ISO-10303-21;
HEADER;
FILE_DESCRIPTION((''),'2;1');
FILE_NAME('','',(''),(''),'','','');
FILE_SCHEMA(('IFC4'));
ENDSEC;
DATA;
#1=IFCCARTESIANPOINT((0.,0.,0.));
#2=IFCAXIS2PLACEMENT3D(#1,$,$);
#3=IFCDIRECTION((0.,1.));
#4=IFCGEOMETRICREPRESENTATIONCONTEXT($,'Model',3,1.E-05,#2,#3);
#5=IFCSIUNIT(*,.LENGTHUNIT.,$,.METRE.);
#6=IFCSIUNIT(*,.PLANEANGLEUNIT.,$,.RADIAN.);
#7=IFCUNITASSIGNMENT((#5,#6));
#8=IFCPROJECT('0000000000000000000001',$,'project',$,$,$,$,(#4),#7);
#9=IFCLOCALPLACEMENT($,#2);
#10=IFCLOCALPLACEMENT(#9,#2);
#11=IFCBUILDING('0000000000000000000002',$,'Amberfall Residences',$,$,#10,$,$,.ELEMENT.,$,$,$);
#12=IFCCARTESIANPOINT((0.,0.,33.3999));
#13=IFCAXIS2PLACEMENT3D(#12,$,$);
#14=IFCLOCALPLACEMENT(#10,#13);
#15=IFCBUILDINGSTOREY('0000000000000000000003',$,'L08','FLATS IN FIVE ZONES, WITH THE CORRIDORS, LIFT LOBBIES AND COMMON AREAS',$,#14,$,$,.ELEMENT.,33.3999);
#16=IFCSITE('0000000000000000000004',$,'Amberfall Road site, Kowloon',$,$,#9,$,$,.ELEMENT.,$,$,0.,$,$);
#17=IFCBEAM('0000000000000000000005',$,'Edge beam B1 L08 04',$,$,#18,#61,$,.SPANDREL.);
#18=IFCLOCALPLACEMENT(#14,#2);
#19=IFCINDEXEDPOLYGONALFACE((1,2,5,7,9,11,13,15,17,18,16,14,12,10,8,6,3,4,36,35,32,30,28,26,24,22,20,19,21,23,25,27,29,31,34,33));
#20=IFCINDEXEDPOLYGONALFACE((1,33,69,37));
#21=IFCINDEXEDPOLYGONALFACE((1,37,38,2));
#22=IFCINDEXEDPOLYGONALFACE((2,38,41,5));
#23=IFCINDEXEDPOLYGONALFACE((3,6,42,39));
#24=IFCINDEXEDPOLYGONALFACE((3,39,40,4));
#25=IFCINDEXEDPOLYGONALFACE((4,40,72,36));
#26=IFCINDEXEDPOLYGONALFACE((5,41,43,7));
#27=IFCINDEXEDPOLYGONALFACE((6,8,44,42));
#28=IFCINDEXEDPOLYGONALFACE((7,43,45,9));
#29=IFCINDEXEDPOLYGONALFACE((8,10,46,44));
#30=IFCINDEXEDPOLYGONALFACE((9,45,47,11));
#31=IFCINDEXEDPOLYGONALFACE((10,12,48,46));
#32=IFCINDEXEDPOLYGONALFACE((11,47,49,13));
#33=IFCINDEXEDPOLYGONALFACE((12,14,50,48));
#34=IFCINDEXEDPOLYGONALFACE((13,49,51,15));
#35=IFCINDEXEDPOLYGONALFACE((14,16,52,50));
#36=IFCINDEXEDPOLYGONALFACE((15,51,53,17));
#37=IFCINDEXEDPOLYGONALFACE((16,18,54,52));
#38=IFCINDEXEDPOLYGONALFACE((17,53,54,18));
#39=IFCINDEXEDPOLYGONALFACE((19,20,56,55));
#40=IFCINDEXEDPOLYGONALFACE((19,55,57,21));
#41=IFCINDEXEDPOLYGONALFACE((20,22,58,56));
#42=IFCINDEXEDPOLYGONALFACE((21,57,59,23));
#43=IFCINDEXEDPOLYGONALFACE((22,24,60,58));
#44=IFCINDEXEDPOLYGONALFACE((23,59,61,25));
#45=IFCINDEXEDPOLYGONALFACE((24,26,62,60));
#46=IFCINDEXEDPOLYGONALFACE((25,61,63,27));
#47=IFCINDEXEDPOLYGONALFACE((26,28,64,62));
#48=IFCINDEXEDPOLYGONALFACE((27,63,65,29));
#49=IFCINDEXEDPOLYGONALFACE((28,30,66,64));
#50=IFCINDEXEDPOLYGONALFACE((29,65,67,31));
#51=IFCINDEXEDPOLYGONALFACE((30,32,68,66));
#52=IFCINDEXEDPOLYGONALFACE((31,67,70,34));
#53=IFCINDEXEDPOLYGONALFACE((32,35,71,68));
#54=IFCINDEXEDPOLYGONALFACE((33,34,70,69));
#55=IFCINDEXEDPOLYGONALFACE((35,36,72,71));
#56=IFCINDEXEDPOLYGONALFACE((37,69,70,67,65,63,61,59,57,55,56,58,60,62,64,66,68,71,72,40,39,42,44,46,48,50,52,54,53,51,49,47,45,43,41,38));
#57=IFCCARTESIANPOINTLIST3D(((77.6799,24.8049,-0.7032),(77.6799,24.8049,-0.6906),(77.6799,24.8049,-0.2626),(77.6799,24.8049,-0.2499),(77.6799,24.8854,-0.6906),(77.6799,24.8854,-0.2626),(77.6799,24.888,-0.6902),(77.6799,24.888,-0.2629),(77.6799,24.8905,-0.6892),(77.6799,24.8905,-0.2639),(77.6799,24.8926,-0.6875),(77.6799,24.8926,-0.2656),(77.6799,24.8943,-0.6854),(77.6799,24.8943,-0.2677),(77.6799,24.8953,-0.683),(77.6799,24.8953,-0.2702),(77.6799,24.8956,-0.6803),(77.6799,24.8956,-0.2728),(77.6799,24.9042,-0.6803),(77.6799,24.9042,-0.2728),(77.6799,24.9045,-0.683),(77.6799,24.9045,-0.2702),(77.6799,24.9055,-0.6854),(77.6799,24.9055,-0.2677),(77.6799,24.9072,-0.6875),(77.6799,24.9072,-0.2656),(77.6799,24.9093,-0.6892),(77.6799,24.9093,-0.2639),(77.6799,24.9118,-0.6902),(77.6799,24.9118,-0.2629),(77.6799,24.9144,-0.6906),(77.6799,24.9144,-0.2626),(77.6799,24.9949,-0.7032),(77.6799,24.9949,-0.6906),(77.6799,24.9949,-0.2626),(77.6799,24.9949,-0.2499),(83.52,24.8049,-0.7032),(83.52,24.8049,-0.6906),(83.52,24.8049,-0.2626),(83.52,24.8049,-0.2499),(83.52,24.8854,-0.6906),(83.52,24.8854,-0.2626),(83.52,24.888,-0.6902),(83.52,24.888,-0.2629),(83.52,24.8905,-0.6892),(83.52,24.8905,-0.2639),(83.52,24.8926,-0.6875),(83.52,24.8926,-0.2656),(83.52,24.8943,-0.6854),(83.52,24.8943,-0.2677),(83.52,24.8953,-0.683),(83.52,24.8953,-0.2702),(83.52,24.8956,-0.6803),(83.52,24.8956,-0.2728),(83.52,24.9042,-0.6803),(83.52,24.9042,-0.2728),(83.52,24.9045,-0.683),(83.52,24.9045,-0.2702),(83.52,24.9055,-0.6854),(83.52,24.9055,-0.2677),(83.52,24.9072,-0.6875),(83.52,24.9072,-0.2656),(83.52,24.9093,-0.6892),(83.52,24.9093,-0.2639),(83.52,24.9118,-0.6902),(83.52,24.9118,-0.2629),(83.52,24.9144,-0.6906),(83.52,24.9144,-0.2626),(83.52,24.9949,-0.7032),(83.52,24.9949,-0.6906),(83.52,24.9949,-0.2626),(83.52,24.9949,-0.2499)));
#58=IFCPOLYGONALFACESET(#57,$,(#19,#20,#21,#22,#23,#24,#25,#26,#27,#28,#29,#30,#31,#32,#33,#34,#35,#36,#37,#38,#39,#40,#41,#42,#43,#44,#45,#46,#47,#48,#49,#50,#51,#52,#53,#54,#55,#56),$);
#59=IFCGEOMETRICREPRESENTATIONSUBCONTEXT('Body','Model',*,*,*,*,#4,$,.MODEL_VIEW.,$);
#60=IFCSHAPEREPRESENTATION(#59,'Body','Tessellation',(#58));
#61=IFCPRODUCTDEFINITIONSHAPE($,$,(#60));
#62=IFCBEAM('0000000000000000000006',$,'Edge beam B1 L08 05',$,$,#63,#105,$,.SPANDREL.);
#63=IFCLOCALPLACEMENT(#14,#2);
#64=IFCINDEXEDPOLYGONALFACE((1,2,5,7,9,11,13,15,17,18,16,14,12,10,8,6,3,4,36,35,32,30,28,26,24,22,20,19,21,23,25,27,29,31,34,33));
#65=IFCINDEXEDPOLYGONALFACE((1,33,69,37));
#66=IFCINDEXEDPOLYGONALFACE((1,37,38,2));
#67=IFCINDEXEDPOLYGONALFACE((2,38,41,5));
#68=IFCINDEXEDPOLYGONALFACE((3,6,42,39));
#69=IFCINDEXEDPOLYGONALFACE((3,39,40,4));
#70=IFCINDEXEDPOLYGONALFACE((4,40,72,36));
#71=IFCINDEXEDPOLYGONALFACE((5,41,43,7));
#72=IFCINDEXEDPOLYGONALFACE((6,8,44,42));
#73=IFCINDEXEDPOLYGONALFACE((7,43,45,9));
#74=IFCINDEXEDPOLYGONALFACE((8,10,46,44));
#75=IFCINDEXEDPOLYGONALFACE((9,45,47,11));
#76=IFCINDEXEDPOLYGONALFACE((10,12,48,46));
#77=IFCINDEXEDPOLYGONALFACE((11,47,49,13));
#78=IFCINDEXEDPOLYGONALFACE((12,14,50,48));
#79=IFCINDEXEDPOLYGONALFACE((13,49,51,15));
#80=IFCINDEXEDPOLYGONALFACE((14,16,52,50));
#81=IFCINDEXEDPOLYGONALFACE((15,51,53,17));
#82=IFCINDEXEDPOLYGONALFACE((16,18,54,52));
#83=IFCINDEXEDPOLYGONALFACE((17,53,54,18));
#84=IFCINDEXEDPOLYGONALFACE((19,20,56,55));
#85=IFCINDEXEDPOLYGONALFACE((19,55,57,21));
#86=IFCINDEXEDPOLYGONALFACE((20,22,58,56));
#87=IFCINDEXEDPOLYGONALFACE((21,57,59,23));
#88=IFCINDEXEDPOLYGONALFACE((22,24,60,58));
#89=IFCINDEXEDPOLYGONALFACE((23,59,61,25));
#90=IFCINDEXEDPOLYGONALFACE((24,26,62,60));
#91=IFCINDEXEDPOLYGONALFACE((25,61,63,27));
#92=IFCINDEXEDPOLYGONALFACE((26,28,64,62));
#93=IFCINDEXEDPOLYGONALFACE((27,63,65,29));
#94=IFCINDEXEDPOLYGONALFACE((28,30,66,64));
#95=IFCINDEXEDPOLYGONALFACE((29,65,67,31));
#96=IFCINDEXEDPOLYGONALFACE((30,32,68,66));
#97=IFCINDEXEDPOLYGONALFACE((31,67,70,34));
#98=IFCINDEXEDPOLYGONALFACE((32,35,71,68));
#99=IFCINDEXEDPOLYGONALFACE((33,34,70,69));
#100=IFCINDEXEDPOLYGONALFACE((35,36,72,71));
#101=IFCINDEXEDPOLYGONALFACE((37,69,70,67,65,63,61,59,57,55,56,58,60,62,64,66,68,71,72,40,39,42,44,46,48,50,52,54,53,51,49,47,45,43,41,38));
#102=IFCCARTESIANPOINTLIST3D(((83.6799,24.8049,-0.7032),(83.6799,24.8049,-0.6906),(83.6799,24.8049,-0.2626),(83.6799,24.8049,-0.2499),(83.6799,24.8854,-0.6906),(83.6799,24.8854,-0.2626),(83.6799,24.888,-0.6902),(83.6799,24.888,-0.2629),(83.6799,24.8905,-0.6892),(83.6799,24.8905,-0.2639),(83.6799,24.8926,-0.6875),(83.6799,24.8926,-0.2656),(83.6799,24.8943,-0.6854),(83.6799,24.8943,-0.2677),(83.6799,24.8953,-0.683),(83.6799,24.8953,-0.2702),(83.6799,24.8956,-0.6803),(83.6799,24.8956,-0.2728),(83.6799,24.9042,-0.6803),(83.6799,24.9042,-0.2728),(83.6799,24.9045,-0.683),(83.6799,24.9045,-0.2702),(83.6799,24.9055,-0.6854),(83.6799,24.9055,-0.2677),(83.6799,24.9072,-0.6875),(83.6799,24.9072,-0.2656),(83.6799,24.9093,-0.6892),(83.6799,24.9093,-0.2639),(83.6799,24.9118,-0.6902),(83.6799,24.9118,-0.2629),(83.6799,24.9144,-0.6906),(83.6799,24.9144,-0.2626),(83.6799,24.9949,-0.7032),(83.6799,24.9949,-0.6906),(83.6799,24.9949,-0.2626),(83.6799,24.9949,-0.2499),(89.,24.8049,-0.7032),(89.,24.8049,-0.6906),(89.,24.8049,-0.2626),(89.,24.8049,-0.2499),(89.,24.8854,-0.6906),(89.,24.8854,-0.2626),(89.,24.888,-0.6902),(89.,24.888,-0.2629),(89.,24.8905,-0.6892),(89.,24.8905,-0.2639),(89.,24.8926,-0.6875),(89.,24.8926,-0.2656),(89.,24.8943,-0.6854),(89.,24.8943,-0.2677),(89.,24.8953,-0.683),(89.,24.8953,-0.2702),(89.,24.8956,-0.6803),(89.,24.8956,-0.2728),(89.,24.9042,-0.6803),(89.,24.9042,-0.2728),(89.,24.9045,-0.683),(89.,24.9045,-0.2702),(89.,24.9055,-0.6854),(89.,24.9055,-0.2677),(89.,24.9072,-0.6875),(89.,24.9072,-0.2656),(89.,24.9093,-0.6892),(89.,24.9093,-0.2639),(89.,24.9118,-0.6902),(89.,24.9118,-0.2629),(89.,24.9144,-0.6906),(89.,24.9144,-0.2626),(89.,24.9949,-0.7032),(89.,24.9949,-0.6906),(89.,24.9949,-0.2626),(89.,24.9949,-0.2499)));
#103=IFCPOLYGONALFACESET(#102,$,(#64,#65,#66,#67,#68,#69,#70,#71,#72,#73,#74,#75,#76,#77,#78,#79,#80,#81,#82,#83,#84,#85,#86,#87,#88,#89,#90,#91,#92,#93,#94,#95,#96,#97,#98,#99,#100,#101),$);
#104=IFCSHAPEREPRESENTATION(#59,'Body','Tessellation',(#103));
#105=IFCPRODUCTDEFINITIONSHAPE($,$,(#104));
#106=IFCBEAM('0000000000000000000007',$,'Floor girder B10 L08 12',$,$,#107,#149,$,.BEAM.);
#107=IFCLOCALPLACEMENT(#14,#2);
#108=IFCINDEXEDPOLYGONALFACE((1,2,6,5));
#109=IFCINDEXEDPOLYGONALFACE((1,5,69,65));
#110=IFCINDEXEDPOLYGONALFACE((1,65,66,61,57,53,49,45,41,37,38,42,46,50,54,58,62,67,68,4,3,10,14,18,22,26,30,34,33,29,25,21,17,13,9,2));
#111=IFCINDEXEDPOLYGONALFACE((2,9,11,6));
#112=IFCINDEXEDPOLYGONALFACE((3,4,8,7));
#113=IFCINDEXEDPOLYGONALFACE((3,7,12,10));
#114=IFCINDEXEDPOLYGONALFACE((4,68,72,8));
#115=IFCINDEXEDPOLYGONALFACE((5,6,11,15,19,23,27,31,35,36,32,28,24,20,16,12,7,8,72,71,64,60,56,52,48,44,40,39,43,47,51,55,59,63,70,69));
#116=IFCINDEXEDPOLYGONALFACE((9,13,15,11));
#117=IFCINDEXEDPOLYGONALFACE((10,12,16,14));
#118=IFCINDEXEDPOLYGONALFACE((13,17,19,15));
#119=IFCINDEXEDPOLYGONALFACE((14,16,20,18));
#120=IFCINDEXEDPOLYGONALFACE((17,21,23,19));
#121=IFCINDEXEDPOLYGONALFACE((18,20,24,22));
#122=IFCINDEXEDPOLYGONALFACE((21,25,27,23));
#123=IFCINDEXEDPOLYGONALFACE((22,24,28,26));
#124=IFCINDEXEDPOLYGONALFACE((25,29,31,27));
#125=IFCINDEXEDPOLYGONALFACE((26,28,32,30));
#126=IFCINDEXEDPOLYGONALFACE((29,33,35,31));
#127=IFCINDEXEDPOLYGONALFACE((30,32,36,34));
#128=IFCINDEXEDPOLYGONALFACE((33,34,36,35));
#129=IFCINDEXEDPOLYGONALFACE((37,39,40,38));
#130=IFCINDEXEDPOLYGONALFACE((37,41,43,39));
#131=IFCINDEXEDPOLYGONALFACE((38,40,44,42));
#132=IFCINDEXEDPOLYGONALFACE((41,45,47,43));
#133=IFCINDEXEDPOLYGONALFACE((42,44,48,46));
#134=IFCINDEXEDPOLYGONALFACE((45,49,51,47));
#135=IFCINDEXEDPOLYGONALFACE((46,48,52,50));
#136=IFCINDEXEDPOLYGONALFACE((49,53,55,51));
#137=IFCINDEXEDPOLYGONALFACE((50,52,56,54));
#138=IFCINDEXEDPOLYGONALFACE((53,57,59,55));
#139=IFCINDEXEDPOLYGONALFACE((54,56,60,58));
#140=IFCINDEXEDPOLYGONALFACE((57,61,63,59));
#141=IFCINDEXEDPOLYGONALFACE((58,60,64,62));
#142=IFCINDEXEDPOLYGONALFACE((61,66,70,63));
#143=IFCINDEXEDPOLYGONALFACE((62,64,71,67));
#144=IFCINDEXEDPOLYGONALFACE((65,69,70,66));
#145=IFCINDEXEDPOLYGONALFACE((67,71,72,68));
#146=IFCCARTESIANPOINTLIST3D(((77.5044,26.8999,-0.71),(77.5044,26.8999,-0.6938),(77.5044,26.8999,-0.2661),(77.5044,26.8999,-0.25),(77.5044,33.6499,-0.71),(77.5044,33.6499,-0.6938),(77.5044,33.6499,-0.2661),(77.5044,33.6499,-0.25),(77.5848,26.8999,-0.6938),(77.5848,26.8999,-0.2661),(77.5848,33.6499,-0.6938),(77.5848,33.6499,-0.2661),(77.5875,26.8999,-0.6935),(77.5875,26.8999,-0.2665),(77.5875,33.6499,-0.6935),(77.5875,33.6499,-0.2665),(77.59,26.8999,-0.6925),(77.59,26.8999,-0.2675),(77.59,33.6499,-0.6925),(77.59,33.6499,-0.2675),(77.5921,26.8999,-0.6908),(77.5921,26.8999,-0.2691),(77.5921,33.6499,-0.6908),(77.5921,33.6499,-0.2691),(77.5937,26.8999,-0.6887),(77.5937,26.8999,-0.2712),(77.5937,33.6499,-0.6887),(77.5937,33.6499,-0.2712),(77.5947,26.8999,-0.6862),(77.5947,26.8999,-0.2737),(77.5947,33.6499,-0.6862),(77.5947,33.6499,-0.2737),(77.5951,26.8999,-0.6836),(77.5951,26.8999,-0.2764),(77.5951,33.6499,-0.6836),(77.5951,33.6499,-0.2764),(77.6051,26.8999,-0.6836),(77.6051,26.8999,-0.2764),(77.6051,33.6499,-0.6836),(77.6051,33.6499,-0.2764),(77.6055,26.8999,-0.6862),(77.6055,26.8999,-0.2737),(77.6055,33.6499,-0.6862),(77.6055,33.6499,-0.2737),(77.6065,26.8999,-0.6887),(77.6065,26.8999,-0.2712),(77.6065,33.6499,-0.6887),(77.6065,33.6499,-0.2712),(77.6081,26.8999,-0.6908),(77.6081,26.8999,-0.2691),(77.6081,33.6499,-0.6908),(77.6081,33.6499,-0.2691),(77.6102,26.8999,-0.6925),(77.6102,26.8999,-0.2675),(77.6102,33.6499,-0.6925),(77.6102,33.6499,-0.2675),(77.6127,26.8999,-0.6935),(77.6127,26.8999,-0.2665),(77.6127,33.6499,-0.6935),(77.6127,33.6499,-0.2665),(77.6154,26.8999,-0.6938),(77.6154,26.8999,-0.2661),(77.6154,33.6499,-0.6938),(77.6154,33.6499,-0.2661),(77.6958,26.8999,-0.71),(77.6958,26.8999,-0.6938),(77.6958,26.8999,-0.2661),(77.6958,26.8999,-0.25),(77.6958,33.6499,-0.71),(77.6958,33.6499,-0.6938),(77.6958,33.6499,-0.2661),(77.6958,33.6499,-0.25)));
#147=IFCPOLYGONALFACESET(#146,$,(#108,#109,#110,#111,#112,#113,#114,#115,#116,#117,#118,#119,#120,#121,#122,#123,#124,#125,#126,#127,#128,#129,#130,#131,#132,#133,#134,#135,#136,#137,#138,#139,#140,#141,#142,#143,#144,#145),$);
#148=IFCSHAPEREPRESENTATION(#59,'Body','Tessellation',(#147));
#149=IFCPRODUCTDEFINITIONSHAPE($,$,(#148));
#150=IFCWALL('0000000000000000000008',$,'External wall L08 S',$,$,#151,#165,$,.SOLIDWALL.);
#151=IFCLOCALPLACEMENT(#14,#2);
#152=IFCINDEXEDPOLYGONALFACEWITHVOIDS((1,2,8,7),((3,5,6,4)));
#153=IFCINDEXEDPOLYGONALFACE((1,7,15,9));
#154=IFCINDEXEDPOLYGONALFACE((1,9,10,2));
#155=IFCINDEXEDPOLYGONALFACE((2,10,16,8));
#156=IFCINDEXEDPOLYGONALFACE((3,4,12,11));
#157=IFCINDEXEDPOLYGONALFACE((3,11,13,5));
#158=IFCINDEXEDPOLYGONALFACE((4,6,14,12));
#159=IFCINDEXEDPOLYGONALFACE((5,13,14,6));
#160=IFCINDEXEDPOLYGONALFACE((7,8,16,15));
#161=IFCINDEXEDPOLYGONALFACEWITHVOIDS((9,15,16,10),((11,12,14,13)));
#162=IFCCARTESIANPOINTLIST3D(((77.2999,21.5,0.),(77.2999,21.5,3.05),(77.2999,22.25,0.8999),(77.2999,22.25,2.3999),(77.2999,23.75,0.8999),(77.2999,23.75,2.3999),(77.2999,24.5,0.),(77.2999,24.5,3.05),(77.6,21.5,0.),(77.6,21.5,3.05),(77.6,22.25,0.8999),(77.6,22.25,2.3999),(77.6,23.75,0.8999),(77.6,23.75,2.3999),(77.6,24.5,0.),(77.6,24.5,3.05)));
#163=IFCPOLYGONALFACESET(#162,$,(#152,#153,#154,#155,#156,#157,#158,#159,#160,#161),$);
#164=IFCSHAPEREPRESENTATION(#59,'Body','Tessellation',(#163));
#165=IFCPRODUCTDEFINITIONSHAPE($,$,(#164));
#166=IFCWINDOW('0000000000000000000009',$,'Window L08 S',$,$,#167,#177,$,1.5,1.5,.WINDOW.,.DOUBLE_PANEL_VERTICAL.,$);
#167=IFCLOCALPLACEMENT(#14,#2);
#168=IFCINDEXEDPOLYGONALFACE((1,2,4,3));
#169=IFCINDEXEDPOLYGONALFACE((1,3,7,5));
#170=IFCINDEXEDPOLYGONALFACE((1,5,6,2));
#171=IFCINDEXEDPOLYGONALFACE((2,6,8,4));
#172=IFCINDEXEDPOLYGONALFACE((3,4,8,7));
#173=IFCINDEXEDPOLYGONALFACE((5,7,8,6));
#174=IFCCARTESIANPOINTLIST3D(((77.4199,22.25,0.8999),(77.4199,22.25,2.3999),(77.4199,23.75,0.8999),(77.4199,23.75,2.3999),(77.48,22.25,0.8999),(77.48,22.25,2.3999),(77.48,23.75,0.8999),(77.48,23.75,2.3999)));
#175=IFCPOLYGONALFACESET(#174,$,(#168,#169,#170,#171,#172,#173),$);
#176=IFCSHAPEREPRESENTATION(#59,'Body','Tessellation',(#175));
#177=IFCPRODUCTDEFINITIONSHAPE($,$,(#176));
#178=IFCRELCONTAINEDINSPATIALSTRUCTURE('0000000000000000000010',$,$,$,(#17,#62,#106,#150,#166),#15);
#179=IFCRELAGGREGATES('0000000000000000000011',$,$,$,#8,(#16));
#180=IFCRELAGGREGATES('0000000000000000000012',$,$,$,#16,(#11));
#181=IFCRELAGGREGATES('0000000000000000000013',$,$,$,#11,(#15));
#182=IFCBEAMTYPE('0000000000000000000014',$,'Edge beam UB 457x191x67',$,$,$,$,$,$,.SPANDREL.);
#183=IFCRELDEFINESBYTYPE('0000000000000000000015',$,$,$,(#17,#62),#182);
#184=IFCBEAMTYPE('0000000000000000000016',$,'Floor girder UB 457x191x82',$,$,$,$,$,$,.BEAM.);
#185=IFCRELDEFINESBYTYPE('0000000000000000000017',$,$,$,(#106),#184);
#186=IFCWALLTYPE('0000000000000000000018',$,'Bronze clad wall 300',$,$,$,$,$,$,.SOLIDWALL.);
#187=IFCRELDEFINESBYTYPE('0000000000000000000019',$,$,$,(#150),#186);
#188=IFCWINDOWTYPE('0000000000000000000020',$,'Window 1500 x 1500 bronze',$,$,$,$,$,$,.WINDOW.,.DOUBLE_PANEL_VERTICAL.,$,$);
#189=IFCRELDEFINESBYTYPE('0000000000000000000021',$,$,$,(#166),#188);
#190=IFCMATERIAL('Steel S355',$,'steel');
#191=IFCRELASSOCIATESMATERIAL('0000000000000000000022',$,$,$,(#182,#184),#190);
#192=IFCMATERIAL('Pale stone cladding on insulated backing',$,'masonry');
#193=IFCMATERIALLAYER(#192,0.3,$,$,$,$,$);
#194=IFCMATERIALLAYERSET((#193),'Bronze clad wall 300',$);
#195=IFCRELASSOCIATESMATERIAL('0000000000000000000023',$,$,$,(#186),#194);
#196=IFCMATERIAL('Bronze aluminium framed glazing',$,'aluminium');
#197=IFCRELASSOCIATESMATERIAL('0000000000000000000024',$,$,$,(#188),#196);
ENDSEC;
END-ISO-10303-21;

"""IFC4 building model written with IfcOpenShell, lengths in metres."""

from ifc_helpers import new_model, si_unit, direction, frame, frame_2d, origin, origin_2d, place, context, subcontext, project, spatial, rectangle, i_section, extrude, material, layer, layer_set, material_profile, profile_set, type_object, element, fill, save


model = new_model("IFC4")

# Units and contexts
model_context = context("Model", 3, precision=1e-05, world=origin(), true_north=direction((0.0, 1.0)))
body_context = subcontext(model_context, "Body", "Model", "MODEL_VIEW")
ifc_project = project(units=[si_unit("LENGTHUNIT", "METRE"), si_unit("PLANEANGLEUNIT", "RADIAN")], contexts=[model_context])

# Site, building, storey
site_placement = place(None, origin())
site = spatial("IfcSite", under=ifc_project, at=site_placement, Name="Amberfall Road site, Kowloon", CompositionType="ELEMENT", RefElevation=0.0)
building_placement = place(site_placement, origin())
building = spatial("IfcBuilding", under=site, at=building_placement, Name="Amberfall Residences", CompositionType="ELEMENT")
storey_placement = place(building_placement, frame((0.0, 0.0, 33.3999)))
storey = spatial("IfcBuildingStorey", under=building, at=storey_placement, Name="L08", Description="FLATS IN FIVE ZONES, WITH THE CORRIDORS, LIFT LOBBIES AND COMMON AREAS", CompositionType="ELEMENT", Elevation=33.3999)

# Beams
ifc_material_1 = material(Name="Steel S355", Category="steel")
ifc_material_profile_1 = material_profile(ifc_material_1, i_section(OverallWidth=0.1899, OverallDepth=0.4534, WebThickness=0.0085, FlangeThickness=0.0127, FilletRadius=0.0103, at=origin_2d()), Name="UB 457x191x67")
ifc_profile_set_1 = profile_set([ifc_material_profile_1], Name="Steel S355")
beam_type_1 = type_object("IfcBeamType", Name="Edge beam UB 457x191x67", PredefinedType="SPANDREL", material=ifc_profile_set_1)
beam_1_placement = place(storey_placement, frame((77.6799, 24.8999, -0.4766), z_axis=(1.0, 0.0, 0.0), x_axis=(0.0, 1.0, 0.0)))
element("IfcBeam", 1, at=beam_1_placement, inside=storey, type_object=beam_type_1, Name="Edge beam B1 L08 04", PredefinedType="SPANDREL", context=body_context, shape_type="SweptSolid", body=[
    extrude(i_section(OverallWidth=0.1899, OverallDepth=0.4534, WebThickness=0.0085, FlangeThickness=0.0127, FilletRadius=0.0103, at=origin_2d()), origin(), (0.0, 0.0, 1.0), 5.8401),
])
beam_2_placement = place(storey_placement, frame((83.6799, 24.8999, -0.4766), z_axis=(1.0, 0.0, 0.0), x_axis=(0.0, 1.0, 0.0)))
element("IfcBeam", 2, at=beam_2_placement, inside=storey, type_object=beam_type_1, Name="Edge beam B1 L08 05", PredefinedType="SPANDREL", context=body_context, shape_type="SweptSolid", body=[
    extrude(i_section(OverallWidth=0.1899, OverallDepth=0.4534, WebThickness=0.0085, FlangeThickness=0.0127, FilletRadius=0.0103, at=origin_2d()), origin(), (0.0, 0.0, 1.0), 5.3201),
])
ifc_material_profile_2 = material_profile(ifc_material_1, i_section(OverallWidth=0.1914, OverallDepth=0.46, WebThickness=0.01, FlangeThickness=0.0161, FilletRadius=0.0103, at=origin_2d()), Name="UB 457x191x82")
ifc_profile_set_2 = profile_set([ifc_material_profile_2], Name="Steel S355")
beam_type_2 = type_object("IfcBeamType", Name="Floor girder UB 457x191x82", PredefinedType="BEAM", material=ifc_profile_set_2)
beam_3_placement = place(storey_placement, frame((77.6001, 26.8999, -0.48), z_axis=(0.0, 1.0, 0.0), x_axis=(-1.0, 0.0, 0.0)))
element("IfcBeam", 3, at=beam_3_placement, inside=storey, type_object=beam_type_2, Name="Floor girder B10 L08 12", PredefinedType="BEAM", context=body_context, shape_type="SweptSolid", body=[
    extrude(i_section(OverallWidth=0.1914, OverallDepth=0.46, WebThickness=0.01, FlangeThickness=0.0161, FilletRadius=0.0103, at=origin_2d()), origin(), (0.0, 0.0, 1.0), 6.75),
])

# Wall, opening, window
ifc_material_2 = material(Name="Pale stone cladding on insulated backing", Category="masonry")
ifc_layer_1 = layer(ifc_material_2, 0.3)
ifc_layer_set_1 = layer_set([ifc_layer_1], Name="Bronze clad wall 300")
wall_type_1 = type_object("IfcWallType", Name="Bronze clad wall 300", PredefinedType="SOLIDWALL", material=ifc_layer_set_1)
wall_1_placement = place(storey_placement, frame((77.45, 21.5, 0.0), z_axis=(0.0, 0.0, 1.0), x_axis=(0.0, 1.0, 0.0)))
wall_1 = element("IfcWall", 4, at=wall_1_placement, inside=storey, type_object=wall_type_1, Name="External wall L08 S", PredefinedType="SOLIDWALL", context=body_context, shape_type="SweptSolid", body=[
    extrude(rectangle(XDim=3.0, YDim=0.3, at=frame_2d((1.5, 0.0))), origin(), (0.0, 0.0, 1.0), 3.05),
])
opening_1_placement = place(wall_1_placement, frame((0.75, 0.0, 0.8999)))
opening_1 = element("IfcOpeningElement", 5, at=opening_1_placement, cuts=wall_1, PredefinedType="OPENING", context=body_context, shape_type="SweptSolid", body=[
    extrude(rectangle(XDim=1.5, YDim=1.5, at=frame_2d((0.75, 0.75))), frame((0.0, 0.1599, 0.0), z_axis=(0.0, -1.0, 0.0), x_axis=(1.0, 0.0, 0.0)), (0.0, 0.0, 1.0), 0.3201),
])
ifc_material_3 = material(Name="Bronze aluminium framed glazing", Category="aluminium")
window_type_1 = type_object("IfcWindowType", Name="Window 1500 x 1500 bronze", PartitioningType="DOUBLE_PANEL_VERTICAL", PredefinedType="WINDOW", material=ifc_material_3)
window_1_placement = place(opening_1_placement, origin())
window_1 = element("IfcWindow", 6, at=window_1_placement, inside=storey, type_object=window_type_1, Name="Window L08 S", OverallHeight=1.5, OverallWidth=1.5, PartitioningType="DOUBLE_PANEL_VERTICAL", PredefinedType="WINDOW", context=body_context, shape_type="SweptSolid", body=[
    extrude(rectangle(XDim=1.5, YDim=1.5, at=frame_2d((0.75, 0.75))), frame((0.0, 0.03, 0.0), z_axis=(0.0, -1.0, 0.0), x_axis=(1.0, 0.0, 0.0)), (0.0, 0.0, 1.0), 0.0601),
])
fill(opening_1, window_1)

save(model, "model.ifc")
